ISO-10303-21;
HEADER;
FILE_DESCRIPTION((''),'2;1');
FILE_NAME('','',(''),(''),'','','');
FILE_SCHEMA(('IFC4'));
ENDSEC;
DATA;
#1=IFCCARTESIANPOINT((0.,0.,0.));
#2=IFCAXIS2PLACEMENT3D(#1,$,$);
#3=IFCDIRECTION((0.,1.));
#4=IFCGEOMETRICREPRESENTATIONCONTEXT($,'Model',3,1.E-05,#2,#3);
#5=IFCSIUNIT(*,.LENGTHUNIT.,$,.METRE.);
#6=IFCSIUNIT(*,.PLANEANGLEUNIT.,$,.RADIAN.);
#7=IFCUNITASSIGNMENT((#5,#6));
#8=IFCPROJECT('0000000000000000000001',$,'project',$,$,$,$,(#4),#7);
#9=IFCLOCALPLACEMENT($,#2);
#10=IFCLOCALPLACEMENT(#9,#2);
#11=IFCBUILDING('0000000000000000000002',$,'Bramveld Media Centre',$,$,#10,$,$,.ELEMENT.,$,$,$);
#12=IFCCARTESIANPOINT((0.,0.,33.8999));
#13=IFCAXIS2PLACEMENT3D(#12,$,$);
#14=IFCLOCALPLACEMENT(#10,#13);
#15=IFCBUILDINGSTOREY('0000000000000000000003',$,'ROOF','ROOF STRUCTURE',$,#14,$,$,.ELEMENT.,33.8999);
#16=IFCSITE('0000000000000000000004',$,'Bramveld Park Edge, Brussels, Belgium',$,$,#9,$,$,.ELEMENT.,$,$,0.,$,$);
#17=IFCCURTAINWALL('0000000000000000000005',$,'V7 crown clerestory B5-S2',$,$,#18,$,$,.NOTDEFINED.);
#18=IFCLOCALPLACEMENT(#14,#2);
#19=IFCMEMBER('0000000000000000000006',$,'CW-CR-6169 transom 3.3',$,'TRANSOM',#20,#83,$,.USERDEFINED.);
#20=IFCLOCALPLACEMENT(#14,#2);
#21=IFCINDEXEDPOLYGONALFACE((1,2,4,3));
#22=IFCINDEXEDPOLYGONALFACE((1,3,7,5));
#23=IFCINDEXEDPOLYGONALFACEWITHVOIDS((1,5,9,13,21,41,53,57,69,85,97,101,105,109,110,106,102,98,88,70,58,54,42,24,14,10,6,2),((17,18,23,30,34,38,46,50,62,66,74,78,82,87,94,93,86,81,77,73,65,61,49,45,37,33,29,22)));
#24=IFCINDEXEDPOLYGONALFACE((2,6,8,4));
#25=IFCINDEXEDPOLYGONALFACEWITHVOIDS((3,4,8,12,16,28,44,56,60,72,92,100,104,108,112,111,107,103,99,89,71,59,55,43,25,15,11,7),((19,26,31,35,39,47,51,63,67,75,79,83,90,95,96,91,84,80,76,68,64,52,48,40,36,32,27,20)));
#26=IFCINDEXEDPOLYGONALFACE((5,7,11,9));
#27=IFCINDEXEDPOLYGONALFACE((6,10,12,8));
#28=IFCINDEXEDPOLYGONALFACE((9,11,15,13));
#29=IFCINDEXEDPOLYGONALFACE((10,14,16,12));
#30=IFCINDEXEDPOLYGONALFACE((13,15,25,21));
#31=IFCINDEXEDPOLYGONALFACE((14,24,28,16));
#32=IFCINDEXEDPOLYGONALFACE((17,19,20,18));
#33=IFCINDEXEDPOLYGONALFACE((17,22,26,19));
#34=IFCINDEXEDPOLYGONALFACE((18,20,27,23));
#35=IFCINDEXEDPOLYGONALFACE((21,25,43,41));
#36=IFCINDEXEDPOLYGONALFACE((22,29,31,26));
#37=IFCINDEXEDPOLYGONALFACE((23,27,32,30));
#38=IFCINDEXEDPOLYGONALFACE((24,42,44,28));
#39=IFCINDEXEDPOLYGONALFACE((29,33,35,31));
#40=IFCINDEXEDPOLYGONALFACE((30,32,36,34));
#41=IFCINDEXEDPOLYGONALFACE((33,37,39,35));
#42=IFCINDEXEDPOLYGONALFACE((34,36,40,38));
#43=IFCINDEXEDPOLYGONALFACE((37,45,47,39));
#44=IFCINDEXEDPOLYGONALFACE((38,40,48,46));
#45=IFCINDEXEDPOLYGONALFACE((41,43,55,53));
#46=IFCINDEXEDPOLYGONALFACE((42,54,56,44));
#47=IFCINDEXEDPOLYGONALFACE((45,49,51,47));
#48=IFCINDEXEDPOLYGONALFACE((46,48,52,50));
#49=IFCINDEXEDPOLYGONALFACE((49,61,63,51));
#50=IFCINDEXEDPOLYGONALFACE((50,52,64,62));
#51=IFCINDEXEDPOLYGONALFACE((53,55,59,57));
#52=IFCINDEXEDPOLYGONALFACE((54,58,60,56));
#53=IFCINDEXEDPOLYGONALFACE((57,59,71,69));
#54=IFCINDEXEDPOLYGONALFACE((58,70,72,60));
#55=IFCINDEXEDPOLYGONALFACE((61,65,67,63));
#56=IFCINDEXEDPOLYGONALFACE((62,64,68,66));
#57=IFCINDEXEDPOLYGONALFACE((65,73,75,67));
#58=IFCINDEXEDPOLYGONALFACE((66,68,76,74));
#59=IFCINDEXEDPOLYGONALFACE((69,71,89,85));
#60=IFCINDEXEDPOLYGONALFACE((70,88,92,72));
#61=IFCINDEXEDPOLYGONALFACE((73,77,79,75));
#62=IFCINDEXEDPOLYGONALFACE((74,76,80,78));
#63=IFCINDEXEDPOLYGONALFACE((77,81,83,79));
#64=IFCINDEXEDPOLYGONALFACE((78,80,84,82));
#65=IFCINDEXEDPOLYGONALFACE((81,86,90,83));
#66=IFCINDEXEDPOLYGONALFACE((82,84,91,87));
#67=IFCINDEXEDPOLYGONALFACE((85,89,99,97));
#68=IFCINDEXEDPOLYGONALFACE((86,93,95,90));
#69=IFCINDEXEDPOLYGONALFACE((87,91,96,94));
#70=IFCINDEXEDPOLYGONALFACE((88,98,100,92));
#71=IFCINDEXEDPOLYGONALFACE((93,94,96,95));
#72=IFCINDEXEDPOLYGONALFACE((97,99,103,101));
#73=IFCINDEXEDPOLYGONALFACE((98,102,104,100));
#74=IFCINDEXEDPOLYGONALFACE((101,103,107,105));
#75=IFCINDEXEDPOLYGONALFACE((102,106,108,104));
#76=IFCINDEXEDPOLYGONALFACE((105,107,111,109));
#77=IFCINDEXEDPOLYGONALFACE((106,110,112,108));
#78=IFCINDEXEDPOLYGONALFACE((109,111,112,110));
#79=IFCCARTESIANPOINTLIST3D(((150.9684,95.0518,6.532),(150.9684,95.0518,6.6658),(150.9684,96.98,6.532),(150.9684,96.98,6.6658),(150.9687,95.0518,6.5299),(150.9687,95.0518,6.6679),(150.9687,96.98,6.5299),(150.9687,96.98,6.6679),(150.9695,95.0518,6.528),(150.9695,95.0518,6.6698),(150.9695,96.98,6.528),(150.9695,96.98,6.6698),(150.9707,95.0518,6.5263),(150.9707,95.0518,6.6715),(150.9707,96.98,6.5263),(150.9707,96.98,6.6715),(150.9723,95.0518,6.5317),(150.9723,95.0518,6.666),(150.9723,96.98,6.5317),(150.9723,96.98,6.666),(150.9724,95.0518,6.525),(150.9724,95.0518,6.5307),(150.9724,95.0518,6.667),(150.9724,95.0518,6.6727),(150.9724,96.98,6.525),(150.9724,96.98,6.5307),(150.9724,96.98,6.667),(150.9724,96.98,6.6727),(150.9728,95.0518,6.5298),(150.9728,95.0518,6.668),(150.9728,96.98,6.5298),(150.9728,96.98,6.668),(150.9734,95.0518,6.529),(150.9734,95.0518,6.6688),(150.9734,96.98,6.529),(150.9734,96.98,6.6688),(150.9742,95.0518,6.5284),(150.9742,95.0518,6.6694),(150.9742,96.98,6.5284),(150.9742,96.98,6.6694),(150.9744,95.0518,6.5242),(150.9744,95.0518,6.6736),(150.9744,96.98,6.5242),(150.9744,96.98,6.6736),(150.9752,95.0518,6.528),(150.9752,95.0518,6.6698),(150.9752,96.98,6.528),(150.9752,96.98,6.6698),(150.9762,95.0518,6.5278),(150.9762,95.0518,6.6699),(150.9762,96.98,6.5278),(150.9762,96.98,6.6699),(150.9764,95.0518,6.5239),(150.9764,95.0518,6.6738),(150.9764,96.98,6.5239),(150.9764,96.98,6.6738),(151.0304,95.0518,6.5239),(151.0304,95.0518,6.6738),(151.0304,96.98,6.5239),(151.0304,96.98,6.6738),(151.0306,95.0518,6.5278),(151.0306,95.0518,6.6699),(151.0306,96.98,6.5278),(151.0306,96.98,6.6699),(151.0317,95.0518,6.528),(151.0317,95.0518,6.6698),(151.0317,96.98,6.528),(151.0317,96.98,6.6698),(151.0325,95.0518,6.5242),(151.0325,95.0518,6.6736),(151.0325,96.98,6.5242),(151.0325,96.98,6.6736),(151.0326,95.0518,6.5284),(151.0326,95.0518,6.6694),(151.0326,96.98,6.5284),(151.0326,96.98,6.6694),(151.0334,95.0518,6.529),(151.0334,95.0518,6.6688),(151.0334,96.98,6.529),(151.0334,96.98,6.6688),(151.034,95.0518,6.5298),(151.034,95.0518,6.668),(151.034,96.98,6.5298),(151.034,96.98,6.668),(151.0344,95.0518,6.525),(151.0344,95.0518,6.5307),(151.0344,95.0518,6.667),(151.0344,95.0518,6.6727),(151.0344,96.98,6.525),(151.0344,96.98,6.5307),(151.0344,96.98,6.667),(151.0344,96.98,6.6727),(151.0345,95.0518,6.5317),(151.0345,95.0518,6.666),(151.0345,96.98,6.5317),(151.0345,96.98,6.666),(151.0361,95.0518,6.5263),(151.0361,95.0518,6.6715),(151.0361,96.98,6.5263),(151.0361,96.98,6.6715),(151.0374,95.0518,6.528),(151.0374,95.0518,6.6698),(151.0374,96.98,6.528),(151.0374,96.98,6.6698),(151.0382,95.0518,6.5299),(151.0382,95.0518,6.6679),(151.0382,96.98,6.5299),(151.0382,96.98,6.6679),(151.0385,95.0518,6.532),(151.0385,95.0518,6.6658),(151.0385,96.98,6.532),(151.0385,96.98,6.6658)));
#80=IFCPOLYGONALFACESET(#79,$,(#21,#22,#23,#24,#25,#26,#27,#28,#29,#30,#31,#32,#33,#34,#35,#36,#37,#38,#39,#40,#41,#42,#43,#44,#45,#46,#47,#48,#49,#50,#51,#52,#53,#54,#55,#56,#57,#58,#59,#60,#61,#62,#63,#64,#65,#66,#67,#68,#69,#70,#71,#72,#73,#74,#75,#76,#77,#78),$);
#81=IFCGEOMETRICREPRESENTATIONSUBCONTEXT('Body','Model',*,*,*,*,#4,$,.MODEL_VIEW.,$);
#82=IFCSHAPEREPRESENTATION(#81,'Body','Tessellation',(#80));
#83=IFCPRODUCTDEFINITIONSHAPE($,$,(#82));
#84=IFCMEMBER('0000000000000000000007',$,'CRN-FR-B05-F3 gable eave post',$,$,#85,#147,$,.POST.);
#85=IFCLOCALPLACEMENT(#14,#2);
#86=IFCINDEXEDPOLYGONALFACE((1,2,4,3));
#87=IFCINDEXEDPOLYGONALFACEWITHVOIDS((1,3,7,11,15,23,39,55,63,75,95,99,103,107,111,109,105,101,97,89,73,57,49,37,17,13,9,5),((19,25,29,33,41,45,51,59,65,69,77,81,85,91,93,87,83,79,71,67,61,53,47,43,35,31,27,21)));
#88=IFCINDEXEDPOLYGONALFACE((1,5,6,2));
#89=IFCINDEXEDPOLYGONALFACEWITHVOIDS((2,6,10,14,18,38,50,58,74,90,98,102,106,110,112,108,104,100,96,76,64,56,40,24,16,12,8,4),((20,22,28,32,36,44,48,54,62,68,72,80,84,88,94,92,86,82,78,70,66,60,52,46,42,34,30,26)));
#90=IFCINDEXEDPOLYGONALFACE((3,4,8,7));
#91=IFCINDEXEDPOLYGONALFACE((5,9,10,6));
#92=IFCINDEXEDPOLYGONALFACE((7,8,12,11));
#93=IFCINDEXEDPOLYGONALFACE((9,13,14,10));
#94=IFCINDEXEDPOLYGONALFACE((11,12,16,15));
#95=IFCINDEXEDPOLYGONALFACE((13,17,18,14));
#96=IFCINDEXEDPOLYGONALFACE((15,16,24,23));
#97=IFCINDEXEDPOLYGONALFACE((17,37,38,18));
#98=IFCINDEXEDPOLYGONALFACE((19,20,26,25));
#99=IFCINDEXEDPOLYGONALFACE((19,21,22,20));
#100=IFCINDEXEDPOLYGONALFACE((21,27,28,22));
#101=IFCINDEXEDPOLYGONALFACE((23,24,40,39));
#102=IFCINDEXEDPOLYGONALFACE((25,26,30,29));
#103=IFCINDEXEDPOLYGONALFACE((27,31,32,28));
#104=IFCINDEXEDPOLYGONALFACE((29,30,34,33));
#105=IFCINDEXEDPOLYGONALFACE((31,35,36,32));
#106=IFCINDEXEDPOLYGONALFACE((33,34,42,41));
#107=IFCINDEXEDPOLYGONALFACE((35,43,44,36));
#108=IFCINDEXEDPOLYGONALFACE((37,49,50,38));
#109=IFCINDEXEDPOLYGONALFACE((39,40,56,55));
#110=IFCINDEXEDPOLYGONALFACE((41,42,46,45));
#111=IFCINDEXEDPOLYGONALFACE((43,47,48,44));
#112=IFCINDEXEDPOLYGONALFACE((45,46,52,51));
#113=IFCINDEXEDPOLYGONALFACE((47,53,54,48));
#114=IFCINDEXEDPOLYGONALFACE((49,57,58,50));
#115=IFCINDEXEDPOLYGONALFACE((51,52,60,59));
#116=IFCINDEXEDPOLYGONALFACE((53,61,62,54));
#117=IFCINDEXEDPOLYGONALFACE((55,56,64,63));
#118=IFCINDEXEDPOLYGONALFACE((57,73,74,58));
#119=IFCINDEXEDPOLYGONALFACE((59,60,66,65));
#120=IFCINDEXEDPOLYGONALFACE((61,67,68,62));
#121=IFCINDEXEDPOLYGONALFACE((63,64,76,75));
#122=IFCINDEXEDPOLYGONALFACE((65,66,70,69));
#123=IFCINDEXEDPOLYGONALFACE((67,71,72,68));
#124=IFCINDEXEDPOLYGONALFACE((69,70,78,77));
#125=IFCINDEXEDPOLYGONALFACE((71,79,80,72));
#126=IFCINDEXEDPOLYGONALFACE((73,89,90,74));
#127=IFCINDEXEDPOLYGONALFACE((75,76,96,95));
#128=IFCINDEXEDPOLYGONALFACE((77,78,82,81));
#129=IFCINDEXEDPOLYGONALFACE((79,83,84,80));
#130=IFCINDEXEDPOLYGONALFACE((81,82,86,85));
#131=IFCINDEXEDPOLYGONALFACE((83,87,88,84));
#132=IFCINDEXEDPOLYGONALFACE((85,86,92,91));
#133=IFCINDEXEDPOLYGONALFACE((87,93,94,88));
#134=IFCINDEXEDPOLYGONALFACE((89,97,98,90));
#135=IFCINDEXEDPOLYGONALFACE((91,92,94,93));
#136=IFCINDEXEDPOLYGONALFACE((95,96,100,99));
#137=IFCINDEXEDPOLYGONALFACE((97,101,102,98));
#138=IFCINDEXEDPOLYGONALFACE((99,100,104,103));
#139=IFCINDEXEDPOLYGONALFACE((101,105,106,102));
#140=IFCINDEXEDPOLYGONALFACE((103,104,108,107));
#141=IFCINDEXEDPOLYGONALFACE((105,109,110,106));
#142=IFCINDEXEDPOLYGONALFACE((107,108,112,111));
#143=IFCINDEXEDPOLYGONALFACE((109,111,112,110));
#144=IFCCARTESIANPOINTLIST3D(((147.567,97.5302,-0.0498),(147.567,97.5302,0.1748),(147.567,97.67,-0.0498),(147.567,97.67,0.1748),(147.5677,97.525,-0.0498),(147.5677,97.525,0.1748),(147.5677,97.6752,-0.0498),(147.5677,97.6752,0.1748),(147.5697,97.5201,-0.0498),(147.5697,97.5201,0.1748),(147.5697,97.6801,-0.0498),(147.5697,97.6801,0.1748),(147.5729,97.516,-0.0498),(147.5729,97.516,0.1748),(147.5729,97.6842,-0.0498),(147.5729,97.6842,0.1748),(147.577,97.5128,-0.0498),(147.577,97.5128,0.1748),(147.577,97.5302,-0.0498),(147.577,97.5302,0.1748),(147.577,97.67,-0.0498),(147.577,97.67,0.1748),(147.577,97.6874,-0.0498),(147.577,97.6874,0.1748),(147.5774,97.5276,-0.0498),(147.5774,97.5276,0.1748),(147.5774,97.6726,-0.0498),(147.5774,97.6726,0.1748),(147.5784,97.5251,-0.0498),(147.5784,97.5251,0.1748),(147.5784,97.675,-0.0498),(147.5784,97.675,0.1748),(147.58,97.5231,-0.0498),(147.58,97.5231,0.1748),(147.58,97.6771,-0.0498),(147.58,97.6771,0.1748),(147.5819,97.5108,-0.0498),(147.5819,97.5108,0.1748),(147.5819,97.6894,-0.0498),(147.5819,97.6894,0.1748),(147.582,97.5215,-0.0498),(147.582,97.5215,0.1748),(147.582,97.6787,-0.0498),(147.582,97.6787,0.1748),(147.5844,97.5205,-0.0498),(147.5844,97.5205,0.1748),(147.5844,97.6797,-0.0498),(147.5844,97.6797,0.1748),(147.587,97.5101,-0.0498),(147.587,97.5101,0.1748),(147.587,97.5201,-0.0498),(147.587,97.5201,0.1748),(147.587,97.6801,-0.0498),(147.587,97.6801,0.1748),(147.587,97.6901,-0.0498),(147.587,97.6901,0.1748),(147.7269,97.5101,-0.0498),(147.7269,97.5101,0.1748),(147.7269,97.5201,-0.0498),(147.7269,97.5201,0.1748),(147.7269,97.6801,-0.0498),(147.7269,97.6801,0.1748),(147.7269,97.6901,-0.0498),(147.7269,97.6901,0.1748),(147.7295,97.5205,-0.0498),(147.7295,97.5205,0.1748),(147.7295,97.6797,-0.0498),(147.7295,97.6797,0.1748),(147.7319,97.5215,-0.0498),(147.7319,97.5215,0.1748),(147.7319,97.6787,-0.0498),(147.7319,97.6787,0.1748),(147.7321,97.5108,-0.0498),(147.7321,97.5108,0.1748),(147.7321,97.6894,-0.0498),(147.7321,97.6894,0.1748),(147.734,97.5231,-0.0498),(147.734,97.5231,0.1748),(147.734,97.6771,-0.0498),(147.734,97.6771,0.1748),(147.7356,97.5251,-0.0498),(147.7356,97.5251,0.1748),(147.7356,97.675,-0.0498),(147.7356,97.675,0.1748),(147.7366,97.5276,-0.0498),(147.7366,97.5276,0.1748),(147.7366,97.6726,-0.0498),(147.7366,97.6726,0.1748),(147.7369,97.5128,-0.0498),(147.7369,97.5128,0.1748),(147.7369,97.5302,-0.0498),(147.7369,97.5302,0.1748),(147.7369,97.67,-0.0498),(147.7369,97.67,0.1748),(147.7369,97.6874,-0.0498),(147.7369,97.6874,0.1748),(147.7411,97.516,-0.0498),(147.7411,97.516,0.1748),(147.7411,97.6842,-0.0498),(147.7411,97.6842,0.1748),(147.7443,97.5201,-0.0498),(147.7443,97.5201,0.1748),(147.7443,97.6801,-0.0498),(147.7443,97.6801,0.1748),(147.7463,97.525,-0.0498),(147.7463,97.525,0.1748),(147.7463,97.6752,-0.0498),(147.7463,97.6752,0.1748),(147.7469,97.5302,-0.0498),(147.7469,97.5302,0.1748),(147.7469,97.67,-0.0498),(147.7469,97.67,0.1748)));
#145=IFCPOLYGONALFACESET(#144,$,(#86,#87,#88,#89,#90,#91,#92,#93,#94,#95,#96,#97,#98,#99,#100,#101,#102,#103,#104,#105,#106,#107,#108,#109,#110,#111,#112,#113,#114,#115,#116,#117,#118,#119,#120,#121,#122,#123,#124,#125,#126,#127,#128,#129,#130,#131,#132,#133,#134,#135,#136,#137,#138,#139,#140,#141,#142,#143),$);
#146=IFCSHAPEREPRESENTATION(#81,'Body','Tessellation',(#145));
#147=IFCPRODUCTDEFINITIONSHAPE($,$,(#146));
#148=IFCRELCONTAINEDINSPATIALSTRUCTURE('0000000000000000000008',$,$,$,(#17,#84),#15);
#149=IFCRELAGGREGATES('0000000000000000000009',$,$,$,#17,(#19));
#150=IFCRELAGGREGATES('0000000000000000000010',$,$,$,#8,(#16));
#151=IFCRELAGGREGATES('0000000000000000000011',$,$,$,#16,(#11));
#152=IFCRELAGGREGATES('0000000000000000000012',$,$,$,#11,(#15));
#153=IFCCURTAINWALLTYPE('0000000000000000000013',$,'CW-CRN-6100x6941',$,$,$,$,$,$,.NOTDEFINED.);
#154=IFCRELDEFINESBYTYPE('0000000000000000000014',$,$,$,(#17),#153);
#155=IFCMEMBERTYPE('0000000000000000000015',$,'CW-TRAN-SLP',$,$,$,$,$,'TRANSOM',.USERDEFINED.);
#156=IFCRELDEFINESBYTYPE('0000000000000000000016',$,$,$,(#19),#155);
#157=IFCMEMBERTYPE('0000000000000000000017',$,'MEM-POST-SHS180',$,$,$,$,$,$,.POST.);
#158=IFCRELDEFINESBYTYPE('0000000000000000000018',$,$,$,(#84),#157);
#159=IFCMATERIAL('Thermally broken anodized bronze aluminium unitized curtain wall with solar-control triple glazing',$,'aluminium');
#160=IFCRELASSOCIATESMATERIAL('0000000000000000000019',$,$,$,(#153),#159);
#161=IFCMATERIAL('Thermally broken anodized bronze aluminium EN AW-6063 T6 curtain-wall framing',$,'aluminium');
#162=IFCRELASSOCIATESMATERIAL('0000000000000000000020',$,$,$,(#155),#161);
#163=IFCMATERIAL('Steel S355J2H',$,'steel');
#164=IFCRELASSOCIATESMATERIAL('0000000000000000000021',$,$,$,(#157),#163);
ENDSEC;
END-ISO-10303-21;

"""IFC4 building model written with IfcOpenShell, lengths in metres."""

from ifc_helpers import new_model, si_unit, direction, frame, origin, origin_2d, place, context, subcontext, project, spatial, hollow_rectangle, extrude, material, material_profile, profile_set, type_object, element, aggregate, save


model = new_model("IFC4")

# Units and contexts
model_context = context("Model", 3, precision=1e-05, world=origin(), true_north=direction((0.0, 1.0)))
body_context = subcontext(model_context, "Body", "Model", "MODEL_VIEW")
ifc_project = project(units=[si_unit("LENGTHUNIT", "METRE"), si_unit("PLANEANGLEUNIT", "RADIAN")], contexts=[model_context])

# Site, building, storey
site_placement = place(None, origin())
site = spatial("IfcSite", under=ifc_project, at=site_placement, Name="Bramveld Park Edge, Brussels, Belgium", CompositionType="ELEMENT", RefElevation=0.0)
building_placement = place(site_placement, origin())
building = spatial("IfcBuilding", under=site, at=building_placement, Name="Bramveld Media Centre", CompositionType="ELEMENT")
storey_placement = place(building_placement, frame((0.0, 0.0, 33.8999)))
storey = spatial("IfcBuildingStorey", under=building, at=storey_placement, Name="ROOF", Description="ROOF STRUCTURE", CompositionType="ELEMENT", Elevation=33.8999)

# Curtain wall
ifc_material_1 = material(Name="Thermally broken anodized bronze aluminium unitized curtain wall with solar-control triple glazing", Category="aluminium")
curtain_wall_type = type_object("IfcCurtainWallType", Name="CW-CRN-6100x6941", PredefinedType="NOTDEFINED", material=ifc_material_1)
curtain_wall_1_placement = place(storey_placement, origin())
curtain_wall_1 = element("IfcCurtainWall", 1, at=curtain_wall_1_placement, inside=storey, type_object=curtain_wall_type, Name="V7 crown clerestory B5-S2", PredefinedType="NOTDEFINED")

# Member
ifc_material_2 = material(Name="Thermally broken anodized bronze aluminium EN AW-6063 T6 curtain-wall framing", Category="aluminium")
ifc_material_profile_1 = material_profile(ifc_material_2, hollow_rectangle(XDim=0.0701, YDim=0.1499, WallThickness=0.0039, InnerFilletRadius=0.0039, OuterFilletRadius=0.0081, at=origin_2d()), Name="AL-TRAN 70x150")
ifc_profile_set_1 = profile_set([ifc_material_profile_1], Name="Thermally broken anodized bronze aluminium EN AW-6063 T6 curtain-wall framing")
member_type_1 = type_object("IfcMemberType", Name="CW-TRAN-SLP", ElementType="TRANSOM", PredefinedType="USERDEFINED", material=ifc_profile_set_1)
member_1_placement = place(storey_placement, frame((151.0034, 95.0518, 6.5989), z_axis=(0.0, 1.0, 0.0), x_axis=(-1.0, 0.0, 0.0)))
member_1 = element("IfcMember", 2, at=member_1_placement, type_object=member_type_1, Name="CW-CR-6169 transom 3.3", ObjectType="TRANSOM", PredefinedType="USERDEFINED", context=body_context, shape_type="SweptSolid", body=[
    extrude(hollow_rectangle(XDim=0.0701, YDim=0.1499, WallThickness=0.0039, InnerFilletRadius=0.0039, OuterFilletRadius=0.0081, at=origin_2d()), origin(), (0.0, 0.0, 1.0), 1.9282),
])

# Member
ifc_material_3 = material(Name="Steel S355J2H", Category="steel")
ifc_material_profile_2 = material_profile(ifc_material_3, hollow_rectangle(XDim=0.1799, YDim=0.1799, WallThickness=0.01, InnerFilletRadius=0.01, OuterFilletRadius=0.02, at=origin_2d()), Name="SHS 180x180x10")
ifc_profile_set_2 = profile_set([ifc_material_profile_2], Name="Steel S355J2H")
member_type_2 = type_object("IfcMemberType", Name="MEM-POST-SHS180", PredefinedType="POST", material=ifc_profile_set_2)
member_2_placement = place(storey_placement, frame((147.657, 97.6001, -0.0498), z_axis=(0.0, 0.0, 1.0), x_axis=(1.0, 0.0, 0.0)))
element("IfcMember", 3, at=member_2_placement, inside=storey, type_object=member_type_2, Name="CRN-FR-B05-F3 gable eave post", PredefinedType="POST", context=body_context, shape_type="SweptSolid", body=[
    extrude(hollow_rectangle(XDim=0.1799, YDim=0.1799, WallThickness=0.01, InnerFilletRadius=0.01, OuterFilletRadius=0.02, at=origin_2d()), origin(), (0.0, 0.0, 1.0), 0.2246),
])

aggregate(curtain_wall_1, [member_1])

save(model, "model.ifc")
